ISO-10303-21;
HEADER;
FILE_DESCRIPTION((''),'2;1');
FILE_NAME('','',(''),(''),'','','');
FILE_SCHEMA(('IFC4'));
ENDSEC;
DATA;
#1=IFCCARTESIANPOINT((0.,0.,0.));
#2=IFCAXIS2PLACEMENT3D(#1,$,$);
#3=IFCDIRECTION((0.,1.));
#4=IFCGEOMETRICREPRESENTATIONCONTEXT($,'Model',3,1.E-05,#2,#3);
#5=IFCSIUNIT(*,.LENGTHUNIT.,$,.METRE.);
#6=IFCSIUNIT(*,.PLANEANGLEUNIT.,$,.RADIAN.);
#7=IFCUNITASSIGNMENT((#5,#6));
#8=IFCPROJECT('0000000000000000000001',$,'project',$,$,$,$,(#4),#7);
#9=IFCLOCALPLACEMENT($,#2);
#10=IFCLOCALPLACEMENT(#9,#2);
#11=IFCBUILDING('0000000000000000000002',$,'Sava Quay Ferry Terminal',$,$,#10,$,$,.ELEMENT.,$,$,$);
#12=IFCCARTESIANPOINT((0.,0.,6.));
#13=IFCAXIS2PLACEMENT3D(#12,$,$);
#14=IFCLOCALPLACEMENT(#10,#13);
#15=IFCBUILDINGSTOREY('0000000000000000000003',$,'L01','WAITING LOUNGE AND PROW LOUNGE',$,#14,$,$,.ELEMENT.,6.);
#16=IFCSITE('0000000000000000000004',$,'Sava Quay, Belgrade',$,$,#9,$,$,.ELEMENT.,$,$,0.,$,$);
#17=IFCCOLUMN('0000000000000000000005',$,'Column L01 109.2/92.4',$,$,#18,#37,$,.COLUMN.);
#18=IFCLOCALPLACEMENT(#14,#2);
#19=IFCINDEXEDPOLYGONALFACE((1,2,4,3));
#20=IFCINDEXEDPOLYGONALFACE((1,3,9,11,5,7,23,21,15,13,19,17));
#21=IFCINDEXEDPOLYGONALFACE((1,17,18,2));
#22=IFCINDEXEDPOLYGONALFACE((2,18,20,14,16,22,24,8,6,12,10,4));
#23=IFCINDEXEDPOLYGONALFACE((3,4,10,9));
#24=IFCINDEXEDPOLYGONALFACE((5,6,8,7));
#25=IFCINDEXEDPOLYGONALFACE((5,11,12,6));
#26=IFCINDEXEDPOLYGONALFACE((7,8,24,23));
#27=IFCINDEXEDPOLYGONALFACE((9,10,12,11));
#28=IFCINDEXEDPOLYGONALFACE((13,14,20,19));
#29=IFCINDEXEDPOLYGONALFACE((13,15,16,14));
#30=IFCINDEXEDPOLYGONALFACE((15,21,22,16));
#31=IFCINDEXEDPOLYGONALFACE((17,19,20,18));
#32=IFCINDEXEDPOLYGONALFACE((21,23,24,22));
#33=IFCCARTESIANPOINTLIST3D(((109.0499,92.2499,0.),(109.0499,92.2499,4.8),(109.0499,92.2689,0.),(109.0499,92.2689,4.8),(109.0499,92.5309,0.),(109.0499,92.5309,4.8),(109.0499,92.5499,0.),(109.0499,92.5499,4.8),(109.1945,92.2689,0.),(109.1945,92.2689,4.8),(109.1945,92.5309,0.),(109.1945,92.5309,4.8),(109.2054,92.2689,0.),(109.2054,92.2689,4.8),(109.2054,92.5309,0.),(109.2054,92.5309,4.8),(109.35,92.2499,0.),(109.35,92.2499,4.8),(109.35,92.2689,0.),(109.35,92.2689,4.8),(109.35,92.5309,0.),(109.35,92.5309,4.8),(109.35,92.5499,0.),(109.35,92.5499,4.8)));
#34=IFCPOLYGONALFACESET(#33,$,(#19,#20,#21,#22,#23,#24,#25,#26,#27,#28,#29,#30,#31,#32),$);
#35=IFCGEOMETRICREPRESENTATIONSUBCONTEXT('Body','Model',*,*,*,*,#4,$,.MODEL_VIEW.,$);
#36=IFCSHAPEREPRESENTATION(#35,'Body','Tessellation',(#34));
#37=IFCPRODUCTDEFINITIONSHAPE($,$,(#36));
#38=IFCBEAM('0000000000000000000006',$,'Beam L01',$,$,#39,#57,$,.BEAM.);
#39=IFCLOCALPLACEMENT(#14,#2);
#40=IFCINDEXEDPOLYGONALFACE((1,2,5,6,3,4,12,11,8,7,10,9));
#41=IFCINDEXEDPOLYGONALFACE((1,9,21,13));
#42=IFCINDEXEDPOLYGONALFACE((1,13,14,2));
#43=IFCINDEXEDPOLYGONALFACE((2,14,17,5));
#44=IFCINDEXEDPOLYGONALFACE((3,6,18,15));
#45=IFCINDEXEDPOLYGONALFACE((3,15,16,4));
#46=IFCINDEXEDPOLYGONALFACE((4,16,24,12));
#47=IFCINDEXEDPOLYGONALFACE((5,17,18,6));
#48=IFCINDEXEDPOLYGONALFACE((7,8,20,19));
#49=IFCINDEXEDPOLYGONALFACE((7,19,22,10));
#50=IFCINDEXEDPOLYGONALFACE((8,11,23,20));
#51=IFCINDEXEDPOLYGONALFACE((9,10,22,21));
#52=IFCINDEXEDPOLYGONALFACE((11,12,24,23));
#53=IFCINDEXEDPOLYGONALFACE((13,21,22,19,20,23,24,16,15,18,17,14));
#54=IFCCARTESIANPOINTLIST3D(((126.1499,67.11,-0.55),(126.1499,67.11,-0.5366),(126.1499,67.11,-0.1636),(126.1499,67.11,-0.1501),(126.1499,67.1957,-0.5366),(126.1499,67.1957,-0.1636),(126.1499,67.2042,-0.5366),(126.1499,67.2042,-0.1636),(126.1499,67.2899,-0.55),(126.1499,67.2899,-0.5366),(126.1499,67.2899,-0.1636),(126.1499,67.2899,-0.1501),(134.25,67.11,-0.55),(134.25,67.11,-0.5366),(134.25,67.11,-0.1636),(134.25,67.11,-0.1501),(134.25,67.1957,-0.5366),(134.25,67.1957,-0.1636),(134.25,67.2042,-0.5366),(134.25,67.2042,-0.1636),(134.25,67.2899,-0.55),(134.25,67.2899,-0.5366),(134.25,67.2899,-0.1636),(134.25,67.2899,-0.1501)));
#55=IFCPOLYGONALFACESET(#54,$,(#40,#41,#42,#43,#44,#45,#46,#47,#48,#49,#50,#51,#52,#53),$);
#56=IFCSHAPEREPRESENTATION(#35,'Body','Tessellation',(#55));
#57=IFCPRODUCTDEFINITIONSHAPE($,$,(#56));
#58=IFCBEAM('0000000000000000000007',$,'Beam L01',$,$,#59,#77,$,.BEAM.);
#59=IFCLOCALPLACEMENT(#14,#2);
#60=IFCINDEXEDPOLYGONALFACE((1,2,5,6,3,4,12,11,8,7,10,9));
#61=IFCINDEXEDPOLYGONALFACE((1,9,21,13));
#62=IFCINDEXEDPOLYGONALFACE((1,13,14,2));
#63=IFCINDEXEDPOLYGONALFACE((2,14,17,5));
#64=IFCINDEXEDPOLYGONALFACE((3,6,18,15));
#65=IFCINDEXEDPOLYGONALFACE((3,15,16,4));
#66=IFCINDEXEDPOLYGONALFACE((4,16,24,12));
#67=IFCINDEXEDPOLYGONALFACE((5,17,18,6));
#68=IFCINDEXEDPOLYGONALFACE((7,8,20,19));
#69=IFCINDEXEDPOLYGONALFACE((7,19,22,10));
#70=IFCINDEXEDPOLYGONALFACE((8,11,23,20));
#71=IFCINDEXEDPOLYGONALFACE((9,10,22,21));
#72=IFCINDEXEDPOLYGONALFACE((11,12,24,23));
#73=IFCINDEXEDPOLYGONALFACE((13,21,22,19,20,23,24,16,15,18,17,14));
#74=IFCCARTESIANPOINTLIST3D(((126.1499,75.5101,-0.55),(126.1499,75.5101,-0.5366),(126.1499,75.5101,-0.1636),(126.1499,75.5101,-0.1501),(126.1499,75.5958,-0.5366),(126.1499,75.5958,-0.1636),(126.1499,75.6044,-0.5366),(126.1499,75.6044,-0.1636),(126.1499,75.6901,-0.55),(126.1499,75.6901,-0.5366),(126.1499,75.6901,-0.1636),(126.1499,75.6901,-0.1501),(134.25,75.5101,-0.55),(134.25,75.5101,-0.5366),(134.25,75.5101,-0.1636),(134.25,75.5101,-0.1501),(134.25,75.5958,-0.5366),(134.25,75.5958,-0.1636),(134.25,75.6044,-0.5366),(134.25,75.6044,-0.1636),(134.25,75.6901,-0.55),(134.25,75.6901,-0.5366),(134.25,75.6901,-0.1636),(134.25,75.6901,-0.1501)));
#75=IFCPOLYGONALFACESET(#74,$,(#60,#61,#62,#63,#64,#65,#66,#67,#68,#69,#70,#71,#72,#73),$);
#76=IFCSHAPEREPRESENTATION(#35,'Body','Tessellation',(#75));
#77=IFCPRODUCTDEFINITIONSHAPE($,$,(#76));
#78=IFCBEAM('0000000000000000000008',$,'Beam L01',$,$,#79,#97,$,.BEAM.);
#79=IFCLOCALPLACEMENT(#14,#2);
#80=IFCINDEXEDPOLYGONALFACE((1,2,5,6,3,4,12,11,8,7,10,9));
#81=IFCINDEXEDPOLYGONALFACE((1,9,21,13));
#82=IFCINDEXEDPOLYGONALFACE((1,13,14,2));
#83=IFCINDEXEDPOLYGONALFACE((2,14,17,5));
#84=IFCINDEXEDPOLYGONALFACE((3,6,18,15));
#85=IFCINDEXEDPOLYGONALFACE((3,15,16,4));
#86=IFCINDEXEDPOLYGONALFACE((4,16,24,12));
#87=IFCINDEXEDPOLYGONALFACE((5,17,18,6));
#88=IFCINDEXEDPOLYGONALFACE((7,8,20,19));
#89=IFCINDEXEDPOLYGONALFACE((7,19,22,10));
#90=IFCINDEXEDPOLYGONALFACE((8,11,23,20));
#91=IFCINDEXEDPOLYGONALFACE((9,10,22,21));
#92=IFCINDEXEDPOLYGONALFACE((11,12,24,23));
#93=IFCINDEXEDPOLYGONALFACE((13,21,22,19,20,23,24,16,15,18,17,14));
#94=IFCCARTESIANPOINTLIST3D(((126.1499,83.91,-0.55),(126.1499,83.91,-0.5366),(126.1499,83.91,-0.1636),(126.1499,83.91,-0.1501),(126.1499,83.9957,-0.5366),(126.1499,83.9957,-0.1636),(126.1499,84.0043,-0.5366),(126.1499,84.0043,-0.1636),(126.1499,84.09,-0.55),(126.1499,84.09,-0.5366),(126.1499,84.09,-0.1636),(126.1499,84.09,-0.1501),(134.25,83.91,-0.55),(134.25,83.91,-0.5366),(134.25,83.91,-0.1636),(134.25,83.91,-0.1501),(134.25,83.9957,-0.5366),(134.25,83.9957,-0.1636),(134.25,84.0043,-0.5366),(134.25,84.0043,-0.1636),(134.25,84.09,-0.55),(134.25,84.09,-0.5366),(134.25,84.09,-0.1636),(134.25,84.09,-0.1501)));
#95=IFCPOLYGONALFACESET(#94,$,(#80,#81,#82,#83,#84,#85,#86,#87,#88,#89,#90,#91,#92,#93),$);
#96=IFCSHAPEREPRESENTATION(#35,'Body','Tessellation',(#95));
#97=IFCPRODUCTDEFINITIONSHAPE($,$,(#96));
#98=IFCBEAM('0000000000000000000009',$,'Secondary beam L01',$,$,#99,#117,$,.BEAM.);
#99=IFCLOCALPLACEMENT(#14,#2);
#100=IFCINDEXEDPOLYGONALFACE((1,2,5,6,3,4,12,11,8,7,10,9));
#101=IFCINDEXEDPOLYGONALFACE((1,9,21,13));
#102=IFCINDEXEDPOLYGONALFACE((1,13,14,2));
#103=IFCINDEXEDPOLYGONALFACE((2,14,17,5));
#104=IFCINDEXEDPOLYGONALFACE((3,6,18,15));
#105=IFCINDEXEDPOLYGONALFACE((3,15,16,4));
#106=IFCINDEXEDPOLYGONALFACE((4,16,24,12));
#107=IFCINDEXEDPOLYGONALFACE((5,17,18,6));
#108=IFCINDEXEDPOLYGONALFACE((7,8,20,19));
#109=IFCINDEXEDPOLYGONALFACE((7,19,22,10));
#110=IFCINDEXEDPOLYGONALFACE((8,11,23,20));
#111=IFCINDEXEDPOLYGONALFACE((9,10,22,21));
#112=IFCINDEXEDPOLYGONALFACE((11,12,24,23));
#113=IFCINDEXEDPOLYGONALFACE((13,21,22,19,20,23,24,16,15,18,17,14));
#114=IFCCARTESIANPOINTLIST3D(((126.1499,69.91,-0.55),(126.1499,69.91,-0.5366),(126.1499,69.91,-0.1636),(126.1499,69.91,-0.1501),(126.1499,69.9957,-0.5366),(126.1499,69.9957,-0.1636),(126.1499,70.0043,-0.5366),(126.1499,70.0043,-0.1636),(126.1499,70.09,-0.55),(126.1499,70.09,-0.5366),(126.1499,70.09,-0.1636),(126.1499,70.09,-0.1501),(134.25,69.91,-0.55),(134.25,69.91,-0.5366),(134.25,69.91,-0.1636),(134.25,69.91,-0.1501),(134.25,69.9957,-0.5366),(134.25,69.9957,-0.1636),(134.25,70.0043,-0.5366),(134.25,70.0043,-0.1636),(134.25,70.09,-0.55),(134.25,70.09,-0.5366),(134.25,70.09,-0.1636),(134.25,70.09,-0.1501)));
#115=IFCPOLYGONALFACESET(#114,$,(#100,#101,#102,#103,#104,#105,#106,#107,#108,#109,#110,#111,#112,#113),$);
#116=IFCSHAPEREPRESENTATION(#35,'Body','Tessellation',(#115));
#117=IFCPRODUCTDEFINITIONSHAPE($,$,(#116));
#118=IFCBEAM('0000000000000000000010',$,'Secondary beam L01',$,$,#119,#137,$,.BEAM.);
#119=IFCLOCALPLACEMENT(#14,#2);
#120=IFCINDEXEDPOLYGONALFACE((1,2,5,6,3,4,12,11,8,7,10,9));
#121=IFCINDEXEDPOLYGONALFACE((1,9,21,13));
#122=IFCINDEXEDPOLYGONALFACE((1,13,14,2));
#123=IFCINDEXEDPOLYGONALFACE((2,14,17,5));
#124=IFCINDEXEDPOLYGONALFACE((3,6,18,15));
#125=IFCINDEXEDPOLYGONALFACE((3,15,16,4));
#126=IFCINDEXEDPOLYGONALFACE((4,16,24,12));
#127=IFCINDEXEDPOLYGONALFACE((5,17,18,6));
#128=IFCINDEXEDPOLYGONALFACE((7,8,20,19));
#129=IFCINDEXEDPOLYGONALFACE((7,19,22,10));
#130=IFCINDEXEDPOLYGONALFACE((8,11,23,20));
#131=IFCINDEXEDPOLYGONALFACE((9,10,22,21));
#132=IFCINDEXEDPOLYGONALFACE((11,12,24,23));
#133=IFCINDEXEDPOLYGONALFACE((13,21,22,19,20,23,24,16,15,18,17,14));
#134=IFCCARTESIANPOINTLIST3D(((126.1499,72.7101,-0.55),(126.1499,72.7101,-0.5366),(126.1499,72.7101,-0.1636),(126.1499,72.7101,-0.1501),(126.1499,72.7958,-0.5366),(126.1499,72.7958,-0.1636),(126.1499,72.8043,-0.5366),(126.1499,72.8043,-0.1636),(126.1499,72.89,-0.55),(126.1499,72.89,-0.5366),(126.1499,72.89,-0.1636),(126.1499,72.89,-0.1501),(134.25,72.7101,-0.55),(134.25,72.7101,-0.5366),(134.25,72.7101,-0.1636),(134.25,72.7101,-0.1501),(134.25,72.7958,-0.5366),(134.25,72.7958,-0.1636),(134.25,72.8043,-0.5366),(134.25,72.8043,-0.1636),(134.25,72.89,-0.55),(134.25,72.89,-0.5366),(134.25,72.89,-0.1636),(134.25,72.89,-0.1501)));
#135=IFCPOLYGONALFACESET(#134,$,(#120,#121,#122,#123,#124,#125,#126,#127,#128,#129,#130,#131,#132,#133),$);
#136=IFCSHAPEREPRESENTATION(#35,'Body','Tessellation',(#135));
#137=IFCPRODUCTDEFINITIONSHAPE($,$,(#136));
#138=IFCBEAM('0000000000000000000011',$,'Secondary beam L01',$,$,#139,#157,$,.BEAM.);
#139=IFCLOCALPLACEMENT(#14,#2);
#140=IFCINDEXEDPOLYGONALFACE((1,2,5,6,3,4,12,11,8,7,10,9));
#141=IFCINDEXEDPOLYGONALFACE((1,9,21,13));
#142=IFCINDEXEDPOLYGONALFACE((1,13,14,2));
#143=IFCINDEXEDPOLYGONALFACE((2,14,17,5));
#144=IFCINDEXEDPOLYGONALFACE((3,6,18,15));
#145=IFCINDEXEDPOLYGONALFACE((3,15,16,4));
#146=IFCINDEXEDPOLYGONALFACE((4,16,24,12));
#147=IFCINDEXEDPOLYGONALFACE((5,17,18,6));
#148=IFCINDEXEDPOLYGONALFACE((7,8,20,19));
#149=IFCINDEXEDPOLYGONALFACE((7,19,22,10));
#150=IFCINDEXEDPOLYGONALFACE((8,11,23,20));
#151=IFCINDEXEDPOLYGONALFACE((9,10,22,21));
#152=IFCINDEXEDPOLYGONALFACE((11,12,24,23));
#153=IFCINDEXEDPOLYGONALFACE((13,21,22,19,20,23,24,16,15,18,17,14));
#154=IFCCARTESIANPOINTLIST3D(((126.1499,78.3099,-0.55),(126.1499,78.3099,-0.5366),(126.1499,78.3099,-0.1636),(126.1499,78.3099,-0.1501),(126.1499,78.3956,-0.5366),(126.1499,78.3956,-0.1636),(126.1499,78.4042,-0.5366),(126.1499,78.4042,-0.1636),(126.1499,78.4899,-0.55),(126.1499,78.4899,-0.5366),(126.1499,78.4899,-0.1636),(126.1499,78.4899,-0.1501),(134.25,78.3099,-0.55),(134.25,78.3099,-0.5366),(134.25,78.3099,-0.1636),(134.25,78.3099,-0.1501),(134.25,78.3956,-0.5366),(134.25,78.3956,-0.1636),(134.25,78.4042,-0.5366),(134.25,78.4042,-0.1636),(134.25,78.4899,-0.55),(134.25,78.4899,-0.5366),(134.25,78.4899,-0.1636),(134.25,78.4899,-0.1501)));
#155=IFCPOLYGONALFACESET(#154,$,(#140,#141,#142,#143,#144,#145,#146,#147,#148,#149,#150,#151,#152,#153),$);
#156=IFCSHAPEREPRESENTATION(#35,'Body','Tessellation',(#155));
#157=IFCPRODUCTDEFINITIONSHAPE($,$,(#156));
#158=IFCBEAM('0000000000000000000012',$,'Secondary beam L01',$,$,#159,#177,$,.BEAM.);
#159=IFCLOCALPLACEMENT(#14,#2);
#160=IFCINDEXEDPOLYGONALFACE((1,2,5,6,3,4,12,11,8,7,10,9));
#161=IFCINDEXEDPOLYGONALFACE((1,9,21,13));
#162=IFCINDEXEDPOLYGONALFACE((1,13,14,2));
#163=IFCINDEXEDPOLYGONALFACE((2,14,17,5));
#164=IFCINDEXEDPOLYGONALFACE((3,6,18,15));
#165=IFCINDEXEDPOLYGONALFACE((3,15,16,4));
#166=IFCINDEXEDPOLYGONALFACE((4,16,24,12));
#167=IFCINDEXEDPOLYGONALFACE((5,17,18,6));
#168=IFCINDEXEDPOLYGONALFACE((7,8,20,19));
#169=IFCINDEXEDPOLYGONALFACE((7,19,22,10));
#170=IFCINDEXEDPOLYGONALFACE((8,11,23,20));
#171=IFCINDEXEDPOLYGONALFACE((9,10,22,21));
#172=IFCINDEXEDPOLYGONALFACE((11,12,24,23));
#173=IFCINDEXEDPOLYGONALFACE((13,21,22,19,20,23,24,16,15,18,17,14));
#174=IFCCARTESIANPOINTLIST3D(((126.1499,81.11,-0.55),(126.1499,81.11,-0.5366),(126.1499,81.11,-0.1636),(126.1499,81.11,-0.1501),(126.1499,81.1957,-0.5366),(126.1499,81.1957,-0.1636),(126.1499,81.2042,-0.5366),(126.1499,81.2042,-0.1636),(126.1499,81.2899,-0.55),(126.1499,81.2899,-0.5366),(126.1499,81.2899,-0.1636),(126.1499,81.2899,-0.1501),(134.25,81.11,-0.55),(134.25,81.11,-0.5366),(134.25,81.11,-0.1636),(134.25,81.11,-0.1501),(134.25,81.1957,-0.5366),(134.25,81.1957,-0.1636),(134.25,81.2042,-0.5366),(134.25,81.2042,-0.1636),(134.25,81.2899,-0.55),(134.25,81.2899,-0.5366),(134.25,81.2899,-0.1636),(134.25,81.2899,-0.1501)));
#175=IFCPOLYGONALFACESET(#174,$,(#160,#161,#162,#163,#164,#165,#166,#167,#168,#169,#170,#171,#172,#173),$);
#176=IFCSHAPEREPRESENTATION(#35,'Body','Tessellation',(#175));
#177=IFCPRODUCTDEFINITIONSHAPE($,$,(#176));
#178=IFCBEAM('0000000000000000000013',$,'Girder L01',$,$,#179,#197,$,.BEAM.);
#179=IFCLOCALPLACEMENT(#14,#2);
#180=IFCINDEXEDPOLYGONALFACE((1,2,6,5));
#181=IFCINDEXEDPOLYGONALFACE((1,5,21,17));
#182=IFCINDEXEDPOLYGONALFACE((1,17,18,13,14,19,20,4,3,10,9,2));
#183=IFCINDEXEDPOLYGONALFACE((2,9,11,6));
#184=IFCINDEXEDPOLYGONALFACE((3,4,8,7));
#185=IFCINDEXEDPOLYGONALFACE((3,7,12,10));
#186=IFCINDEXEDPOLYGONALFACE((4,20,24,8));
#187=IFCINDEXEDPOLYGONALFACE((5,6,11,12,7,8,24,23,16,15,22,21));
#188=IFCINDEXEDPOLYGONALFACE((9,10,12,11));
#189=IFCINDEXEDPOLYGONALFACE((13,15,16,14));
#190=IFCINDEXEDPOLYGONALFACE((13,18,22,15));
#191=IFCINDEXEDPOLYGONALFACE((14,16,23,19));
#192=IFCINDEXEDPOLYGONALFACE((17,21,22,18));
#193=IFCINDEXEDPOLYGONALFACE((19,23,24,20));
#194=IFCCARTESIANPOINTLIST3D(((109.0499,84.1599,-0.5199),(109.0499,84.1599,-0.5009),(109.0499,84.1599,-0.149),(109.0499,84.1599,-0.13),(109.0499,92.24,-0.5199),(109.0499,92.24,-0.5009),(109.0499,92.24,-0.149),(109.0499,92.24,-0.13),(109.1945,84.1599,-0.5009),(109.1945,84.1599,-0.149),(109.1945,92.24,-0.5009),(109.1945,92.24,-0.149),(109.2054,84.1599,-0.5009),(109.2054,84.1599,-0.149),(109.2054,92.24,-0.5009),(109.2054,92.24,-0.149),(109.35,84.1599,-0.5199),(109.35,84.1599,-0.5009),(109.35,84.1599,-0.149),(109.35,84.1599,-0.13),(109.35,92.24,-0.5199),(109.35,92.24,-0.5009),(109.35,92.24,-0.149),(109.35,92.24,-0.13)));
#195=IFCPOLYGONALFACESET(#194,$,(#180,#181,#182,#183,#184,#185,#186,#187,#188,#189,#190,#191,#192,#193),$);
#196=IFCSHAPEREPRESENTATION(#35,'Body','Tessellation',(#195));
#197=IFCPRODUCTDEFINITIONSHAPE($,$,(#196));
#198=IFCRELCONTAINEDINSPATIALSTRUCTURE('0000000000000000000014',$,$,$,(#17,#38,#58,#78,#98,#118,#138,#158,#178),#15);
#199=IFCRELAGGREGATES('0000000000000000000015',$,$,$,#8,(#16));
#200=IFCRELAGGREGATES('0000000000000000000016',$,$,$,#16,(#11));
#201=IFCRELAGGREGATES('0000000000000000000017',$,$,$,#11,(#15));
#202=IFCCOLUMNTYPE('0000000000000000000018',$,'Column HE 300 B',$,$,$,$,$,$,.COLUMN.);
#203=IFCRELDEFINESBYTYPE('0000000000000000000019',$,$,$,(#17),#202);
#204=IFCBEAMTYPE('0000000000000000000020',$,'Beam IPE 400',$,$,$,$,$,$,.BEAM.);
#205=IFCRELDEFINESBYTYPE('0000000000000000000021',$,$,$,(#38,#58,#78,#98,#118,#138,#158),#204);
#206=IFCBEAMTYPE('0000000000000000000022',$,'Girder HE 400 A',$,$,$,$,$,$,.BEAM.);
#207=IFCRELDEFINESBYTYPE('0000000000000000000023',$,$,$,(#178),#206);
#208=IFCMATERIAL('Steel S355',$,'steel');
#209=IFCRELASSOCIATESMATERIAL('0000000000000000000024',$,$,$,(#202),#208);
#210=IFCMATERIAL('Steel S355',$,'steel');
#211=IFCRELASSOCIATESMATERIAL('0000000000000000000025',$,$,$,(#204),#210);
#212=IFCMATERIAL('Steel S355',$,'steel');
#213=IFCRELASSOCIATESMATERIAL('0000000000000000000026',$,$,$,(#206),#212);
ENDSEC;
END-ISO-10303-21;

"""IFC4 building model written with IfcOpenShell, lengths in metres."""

from ifc_helpers import new_model, si_unit, direction, frame, origin, origin_2d, place, context, subcontext, project, spatial, i_section, extrude, material, material_profile, profile_set, type_object, element, save


model = new_model("IFC4")

# Units and contexts
model_context = context("Model", 3, precision=1e-05, world=origin(), true_north=direction((0.0, 1.0)))
body_context = subcontext(model_context, "Body", "Model", "MODEL_VIEW")
ifc_project = project(units=[si_unit("LENGTHUNIT", "METRE"), si_unit("PLANEANGLEUNIT", "RADIAN")], contexts=[model_context])

# Site, building, storey
site_placement = place(None, origin())
site = spatial("IfcSite", under=ifc_project, at=site_placement, Name="Sava Quay, Belgrade", CompositionType="ELEMENT", RefElevation=0.0)
building_placement = place(site_placement, origin())
building = spatial("IfcBuilding", under=site, at=building_placement, Name="Sava Quay Ferry Terminal", CompositionType="ELEMENT")
storey_placement = place(building_placement, frame((0.0, 0.0, 6.0)))
storey = spatial("IfcBuildingStorey", under=building, at=storey_placement, Name="L01", Description="WAITING LOUNGE AND PROW LOUNGE", CompositionType="ELEMENT", Elevation=6.0)

# Column
ifc_material_1 = material(Name="Steel S355", Category="steel")
ifc_material_profile_1 = material_profile(ifc_material_1, i_section(OverallWidth=0.3, OverallDepth=0.3, WebThickness=0.011, FlangeThickness=0.019, at=origin_2d()), Name="HE 300 B")
ifc_profile_set_1 = profile_set([ifc_material_profile_1], Name="Steel S355")
column_type = type_object("IfcColumnType", Name="Column HE 300 B", PredefinedType="COLUMN", material=ifc_profile_set_1)
column_placement = place(storey_placement, frame((109.2, 92.3999, 0.0), z_axis=(0.0, 0.0, 1.0), x_axis=(1.0, 0.0, 0.0)))
element("IfcColumn", 1, at=column_placement, inside=storey, type_object=column_type, Name="Column L01 109.2/92.4", PredefinedType="COLUMN", context=body_context, shape_type="SweptSolid", body=[
    extrude(i_section(OverallWidth=0.3, OverallDepth=0.3, WebThickness=0.011, FlangeThickness=0.019, at=origin_2d()), origin(), (0.0, 0.0, 1.0), 4.8),
])

# Beams
ifc_material_2 = material(Name="Steel S355", Category="steel")
ifc_material_profile_2 = material_profile(ifc_material_2, i_section(OverallWidth=0.1799, OverallDepth=0.3999, WebThickness=0.0085, FlangeThickness=0.0134, at=origin_2d()), Name="IPE 400")
ifc_profile_set_2 = profile_set([ifc_material_profile_2], Name="Steel S355")
beam_type_1 = type_object("IfcBeamType", Name="Beam IPE 400", PredefinedType="BEAM", material=ifc_profile_set_2)
for number, where, z_axis, x_axis, name in (
    (2, (126.1499, 67.2, -0.3501), (1.0, 0.0, 0.0), (0.0, 1.0, 0.0), "Beam L01"),
    (3, (126.1499, 75.6001, -0.3501), (1.0, 0.0, 0.0), (0.0, 1.0, 0.0), "Beam L01"),
    (4, (126.1499, 84.0, -0.3501), (1.0, 0.0, 0.0), (0.0, 1.0, 0.0), "Beam L01"),
    (5, (126.1499, 70.0, -0.3501), (1.0, 0.0, 0.0), (0.0, 1.0, 0.0), "Secondary beam L01"),
    (6, (126.1499, 72.8, -0.3501), (1.0, 0.0, 0.0), (0.0, 1.0, 0.0), "Secondary beam L01"),
    (7, (126.1499, 78.3999, -0.3501), (1.0, 0.0, 0.0), (0.0, 1.0, 0.0), "Secondary beam L01"),
    (8, (126.1499, 81.2, -0.3501), (1.0, 0.0, 0.0), (0.0, 1.0, 0.0), "Secondary beam L01"),
):
    element("IfcBeam", number, at=place(storey_placement, frame(where, z_axis=z_axis, x_axis=x_axis)), inside=storey, type_object=beam_type_1, Name=name, PredefinedType="BEAM", context=body_context, shape_type="SweptSolid", body=[
        extrude(i_section(OverallWidth=0.1799, OverallDepth=0.3999, WebThickness=0.0085, FlangeThickness=0.0134, at=origin_2d()), origin(), (0.0, 0.0, 1.0), 8.1001),
    ])
ifc_material_3 = material(Name="Steel S355", Category="steel")
ifc_material_profile_3 = material_profile(ifc_material_3, i_section(OverallWidth=0.3, OverallDepth=0.3899, WebThickness=0.011, FlangeThickness=0.019, at=origin_2d()), Name="HE 400 A")
ifc_profile_set_3 = profile_set([ifc_material_profile_3], Name="Steel S355")
beam_type_2 = type_object("IfcBeamType", Name="Girder HE 400 A", PredefinedType="BEAM", material=ifc_profile_set_3)
beam_1_placement = place(storey_placement, frame((109.2, 84.1599, -0.325), z_axis=(0.0, 1.0, 0.0), x_axis=(-1.0, 0.0, 0.0)))
element("IfcBeam", 9, at=beam_1_placement, inside=storey, type_object=beam_type_2, Name="Girder L01", PredefinedType="BEAM", context=body_context, shape_type="SweptSolid", body=[
    extrude(i_section(OverallWidth=0.3, OverallDepth=0.3899, WebThickness=0.011, FlangeThickness=0.019, at=origin_2d()), origin(), (0.0, 0.0, 1.0), 8.0801),
])

save(model, "model.ifc")
